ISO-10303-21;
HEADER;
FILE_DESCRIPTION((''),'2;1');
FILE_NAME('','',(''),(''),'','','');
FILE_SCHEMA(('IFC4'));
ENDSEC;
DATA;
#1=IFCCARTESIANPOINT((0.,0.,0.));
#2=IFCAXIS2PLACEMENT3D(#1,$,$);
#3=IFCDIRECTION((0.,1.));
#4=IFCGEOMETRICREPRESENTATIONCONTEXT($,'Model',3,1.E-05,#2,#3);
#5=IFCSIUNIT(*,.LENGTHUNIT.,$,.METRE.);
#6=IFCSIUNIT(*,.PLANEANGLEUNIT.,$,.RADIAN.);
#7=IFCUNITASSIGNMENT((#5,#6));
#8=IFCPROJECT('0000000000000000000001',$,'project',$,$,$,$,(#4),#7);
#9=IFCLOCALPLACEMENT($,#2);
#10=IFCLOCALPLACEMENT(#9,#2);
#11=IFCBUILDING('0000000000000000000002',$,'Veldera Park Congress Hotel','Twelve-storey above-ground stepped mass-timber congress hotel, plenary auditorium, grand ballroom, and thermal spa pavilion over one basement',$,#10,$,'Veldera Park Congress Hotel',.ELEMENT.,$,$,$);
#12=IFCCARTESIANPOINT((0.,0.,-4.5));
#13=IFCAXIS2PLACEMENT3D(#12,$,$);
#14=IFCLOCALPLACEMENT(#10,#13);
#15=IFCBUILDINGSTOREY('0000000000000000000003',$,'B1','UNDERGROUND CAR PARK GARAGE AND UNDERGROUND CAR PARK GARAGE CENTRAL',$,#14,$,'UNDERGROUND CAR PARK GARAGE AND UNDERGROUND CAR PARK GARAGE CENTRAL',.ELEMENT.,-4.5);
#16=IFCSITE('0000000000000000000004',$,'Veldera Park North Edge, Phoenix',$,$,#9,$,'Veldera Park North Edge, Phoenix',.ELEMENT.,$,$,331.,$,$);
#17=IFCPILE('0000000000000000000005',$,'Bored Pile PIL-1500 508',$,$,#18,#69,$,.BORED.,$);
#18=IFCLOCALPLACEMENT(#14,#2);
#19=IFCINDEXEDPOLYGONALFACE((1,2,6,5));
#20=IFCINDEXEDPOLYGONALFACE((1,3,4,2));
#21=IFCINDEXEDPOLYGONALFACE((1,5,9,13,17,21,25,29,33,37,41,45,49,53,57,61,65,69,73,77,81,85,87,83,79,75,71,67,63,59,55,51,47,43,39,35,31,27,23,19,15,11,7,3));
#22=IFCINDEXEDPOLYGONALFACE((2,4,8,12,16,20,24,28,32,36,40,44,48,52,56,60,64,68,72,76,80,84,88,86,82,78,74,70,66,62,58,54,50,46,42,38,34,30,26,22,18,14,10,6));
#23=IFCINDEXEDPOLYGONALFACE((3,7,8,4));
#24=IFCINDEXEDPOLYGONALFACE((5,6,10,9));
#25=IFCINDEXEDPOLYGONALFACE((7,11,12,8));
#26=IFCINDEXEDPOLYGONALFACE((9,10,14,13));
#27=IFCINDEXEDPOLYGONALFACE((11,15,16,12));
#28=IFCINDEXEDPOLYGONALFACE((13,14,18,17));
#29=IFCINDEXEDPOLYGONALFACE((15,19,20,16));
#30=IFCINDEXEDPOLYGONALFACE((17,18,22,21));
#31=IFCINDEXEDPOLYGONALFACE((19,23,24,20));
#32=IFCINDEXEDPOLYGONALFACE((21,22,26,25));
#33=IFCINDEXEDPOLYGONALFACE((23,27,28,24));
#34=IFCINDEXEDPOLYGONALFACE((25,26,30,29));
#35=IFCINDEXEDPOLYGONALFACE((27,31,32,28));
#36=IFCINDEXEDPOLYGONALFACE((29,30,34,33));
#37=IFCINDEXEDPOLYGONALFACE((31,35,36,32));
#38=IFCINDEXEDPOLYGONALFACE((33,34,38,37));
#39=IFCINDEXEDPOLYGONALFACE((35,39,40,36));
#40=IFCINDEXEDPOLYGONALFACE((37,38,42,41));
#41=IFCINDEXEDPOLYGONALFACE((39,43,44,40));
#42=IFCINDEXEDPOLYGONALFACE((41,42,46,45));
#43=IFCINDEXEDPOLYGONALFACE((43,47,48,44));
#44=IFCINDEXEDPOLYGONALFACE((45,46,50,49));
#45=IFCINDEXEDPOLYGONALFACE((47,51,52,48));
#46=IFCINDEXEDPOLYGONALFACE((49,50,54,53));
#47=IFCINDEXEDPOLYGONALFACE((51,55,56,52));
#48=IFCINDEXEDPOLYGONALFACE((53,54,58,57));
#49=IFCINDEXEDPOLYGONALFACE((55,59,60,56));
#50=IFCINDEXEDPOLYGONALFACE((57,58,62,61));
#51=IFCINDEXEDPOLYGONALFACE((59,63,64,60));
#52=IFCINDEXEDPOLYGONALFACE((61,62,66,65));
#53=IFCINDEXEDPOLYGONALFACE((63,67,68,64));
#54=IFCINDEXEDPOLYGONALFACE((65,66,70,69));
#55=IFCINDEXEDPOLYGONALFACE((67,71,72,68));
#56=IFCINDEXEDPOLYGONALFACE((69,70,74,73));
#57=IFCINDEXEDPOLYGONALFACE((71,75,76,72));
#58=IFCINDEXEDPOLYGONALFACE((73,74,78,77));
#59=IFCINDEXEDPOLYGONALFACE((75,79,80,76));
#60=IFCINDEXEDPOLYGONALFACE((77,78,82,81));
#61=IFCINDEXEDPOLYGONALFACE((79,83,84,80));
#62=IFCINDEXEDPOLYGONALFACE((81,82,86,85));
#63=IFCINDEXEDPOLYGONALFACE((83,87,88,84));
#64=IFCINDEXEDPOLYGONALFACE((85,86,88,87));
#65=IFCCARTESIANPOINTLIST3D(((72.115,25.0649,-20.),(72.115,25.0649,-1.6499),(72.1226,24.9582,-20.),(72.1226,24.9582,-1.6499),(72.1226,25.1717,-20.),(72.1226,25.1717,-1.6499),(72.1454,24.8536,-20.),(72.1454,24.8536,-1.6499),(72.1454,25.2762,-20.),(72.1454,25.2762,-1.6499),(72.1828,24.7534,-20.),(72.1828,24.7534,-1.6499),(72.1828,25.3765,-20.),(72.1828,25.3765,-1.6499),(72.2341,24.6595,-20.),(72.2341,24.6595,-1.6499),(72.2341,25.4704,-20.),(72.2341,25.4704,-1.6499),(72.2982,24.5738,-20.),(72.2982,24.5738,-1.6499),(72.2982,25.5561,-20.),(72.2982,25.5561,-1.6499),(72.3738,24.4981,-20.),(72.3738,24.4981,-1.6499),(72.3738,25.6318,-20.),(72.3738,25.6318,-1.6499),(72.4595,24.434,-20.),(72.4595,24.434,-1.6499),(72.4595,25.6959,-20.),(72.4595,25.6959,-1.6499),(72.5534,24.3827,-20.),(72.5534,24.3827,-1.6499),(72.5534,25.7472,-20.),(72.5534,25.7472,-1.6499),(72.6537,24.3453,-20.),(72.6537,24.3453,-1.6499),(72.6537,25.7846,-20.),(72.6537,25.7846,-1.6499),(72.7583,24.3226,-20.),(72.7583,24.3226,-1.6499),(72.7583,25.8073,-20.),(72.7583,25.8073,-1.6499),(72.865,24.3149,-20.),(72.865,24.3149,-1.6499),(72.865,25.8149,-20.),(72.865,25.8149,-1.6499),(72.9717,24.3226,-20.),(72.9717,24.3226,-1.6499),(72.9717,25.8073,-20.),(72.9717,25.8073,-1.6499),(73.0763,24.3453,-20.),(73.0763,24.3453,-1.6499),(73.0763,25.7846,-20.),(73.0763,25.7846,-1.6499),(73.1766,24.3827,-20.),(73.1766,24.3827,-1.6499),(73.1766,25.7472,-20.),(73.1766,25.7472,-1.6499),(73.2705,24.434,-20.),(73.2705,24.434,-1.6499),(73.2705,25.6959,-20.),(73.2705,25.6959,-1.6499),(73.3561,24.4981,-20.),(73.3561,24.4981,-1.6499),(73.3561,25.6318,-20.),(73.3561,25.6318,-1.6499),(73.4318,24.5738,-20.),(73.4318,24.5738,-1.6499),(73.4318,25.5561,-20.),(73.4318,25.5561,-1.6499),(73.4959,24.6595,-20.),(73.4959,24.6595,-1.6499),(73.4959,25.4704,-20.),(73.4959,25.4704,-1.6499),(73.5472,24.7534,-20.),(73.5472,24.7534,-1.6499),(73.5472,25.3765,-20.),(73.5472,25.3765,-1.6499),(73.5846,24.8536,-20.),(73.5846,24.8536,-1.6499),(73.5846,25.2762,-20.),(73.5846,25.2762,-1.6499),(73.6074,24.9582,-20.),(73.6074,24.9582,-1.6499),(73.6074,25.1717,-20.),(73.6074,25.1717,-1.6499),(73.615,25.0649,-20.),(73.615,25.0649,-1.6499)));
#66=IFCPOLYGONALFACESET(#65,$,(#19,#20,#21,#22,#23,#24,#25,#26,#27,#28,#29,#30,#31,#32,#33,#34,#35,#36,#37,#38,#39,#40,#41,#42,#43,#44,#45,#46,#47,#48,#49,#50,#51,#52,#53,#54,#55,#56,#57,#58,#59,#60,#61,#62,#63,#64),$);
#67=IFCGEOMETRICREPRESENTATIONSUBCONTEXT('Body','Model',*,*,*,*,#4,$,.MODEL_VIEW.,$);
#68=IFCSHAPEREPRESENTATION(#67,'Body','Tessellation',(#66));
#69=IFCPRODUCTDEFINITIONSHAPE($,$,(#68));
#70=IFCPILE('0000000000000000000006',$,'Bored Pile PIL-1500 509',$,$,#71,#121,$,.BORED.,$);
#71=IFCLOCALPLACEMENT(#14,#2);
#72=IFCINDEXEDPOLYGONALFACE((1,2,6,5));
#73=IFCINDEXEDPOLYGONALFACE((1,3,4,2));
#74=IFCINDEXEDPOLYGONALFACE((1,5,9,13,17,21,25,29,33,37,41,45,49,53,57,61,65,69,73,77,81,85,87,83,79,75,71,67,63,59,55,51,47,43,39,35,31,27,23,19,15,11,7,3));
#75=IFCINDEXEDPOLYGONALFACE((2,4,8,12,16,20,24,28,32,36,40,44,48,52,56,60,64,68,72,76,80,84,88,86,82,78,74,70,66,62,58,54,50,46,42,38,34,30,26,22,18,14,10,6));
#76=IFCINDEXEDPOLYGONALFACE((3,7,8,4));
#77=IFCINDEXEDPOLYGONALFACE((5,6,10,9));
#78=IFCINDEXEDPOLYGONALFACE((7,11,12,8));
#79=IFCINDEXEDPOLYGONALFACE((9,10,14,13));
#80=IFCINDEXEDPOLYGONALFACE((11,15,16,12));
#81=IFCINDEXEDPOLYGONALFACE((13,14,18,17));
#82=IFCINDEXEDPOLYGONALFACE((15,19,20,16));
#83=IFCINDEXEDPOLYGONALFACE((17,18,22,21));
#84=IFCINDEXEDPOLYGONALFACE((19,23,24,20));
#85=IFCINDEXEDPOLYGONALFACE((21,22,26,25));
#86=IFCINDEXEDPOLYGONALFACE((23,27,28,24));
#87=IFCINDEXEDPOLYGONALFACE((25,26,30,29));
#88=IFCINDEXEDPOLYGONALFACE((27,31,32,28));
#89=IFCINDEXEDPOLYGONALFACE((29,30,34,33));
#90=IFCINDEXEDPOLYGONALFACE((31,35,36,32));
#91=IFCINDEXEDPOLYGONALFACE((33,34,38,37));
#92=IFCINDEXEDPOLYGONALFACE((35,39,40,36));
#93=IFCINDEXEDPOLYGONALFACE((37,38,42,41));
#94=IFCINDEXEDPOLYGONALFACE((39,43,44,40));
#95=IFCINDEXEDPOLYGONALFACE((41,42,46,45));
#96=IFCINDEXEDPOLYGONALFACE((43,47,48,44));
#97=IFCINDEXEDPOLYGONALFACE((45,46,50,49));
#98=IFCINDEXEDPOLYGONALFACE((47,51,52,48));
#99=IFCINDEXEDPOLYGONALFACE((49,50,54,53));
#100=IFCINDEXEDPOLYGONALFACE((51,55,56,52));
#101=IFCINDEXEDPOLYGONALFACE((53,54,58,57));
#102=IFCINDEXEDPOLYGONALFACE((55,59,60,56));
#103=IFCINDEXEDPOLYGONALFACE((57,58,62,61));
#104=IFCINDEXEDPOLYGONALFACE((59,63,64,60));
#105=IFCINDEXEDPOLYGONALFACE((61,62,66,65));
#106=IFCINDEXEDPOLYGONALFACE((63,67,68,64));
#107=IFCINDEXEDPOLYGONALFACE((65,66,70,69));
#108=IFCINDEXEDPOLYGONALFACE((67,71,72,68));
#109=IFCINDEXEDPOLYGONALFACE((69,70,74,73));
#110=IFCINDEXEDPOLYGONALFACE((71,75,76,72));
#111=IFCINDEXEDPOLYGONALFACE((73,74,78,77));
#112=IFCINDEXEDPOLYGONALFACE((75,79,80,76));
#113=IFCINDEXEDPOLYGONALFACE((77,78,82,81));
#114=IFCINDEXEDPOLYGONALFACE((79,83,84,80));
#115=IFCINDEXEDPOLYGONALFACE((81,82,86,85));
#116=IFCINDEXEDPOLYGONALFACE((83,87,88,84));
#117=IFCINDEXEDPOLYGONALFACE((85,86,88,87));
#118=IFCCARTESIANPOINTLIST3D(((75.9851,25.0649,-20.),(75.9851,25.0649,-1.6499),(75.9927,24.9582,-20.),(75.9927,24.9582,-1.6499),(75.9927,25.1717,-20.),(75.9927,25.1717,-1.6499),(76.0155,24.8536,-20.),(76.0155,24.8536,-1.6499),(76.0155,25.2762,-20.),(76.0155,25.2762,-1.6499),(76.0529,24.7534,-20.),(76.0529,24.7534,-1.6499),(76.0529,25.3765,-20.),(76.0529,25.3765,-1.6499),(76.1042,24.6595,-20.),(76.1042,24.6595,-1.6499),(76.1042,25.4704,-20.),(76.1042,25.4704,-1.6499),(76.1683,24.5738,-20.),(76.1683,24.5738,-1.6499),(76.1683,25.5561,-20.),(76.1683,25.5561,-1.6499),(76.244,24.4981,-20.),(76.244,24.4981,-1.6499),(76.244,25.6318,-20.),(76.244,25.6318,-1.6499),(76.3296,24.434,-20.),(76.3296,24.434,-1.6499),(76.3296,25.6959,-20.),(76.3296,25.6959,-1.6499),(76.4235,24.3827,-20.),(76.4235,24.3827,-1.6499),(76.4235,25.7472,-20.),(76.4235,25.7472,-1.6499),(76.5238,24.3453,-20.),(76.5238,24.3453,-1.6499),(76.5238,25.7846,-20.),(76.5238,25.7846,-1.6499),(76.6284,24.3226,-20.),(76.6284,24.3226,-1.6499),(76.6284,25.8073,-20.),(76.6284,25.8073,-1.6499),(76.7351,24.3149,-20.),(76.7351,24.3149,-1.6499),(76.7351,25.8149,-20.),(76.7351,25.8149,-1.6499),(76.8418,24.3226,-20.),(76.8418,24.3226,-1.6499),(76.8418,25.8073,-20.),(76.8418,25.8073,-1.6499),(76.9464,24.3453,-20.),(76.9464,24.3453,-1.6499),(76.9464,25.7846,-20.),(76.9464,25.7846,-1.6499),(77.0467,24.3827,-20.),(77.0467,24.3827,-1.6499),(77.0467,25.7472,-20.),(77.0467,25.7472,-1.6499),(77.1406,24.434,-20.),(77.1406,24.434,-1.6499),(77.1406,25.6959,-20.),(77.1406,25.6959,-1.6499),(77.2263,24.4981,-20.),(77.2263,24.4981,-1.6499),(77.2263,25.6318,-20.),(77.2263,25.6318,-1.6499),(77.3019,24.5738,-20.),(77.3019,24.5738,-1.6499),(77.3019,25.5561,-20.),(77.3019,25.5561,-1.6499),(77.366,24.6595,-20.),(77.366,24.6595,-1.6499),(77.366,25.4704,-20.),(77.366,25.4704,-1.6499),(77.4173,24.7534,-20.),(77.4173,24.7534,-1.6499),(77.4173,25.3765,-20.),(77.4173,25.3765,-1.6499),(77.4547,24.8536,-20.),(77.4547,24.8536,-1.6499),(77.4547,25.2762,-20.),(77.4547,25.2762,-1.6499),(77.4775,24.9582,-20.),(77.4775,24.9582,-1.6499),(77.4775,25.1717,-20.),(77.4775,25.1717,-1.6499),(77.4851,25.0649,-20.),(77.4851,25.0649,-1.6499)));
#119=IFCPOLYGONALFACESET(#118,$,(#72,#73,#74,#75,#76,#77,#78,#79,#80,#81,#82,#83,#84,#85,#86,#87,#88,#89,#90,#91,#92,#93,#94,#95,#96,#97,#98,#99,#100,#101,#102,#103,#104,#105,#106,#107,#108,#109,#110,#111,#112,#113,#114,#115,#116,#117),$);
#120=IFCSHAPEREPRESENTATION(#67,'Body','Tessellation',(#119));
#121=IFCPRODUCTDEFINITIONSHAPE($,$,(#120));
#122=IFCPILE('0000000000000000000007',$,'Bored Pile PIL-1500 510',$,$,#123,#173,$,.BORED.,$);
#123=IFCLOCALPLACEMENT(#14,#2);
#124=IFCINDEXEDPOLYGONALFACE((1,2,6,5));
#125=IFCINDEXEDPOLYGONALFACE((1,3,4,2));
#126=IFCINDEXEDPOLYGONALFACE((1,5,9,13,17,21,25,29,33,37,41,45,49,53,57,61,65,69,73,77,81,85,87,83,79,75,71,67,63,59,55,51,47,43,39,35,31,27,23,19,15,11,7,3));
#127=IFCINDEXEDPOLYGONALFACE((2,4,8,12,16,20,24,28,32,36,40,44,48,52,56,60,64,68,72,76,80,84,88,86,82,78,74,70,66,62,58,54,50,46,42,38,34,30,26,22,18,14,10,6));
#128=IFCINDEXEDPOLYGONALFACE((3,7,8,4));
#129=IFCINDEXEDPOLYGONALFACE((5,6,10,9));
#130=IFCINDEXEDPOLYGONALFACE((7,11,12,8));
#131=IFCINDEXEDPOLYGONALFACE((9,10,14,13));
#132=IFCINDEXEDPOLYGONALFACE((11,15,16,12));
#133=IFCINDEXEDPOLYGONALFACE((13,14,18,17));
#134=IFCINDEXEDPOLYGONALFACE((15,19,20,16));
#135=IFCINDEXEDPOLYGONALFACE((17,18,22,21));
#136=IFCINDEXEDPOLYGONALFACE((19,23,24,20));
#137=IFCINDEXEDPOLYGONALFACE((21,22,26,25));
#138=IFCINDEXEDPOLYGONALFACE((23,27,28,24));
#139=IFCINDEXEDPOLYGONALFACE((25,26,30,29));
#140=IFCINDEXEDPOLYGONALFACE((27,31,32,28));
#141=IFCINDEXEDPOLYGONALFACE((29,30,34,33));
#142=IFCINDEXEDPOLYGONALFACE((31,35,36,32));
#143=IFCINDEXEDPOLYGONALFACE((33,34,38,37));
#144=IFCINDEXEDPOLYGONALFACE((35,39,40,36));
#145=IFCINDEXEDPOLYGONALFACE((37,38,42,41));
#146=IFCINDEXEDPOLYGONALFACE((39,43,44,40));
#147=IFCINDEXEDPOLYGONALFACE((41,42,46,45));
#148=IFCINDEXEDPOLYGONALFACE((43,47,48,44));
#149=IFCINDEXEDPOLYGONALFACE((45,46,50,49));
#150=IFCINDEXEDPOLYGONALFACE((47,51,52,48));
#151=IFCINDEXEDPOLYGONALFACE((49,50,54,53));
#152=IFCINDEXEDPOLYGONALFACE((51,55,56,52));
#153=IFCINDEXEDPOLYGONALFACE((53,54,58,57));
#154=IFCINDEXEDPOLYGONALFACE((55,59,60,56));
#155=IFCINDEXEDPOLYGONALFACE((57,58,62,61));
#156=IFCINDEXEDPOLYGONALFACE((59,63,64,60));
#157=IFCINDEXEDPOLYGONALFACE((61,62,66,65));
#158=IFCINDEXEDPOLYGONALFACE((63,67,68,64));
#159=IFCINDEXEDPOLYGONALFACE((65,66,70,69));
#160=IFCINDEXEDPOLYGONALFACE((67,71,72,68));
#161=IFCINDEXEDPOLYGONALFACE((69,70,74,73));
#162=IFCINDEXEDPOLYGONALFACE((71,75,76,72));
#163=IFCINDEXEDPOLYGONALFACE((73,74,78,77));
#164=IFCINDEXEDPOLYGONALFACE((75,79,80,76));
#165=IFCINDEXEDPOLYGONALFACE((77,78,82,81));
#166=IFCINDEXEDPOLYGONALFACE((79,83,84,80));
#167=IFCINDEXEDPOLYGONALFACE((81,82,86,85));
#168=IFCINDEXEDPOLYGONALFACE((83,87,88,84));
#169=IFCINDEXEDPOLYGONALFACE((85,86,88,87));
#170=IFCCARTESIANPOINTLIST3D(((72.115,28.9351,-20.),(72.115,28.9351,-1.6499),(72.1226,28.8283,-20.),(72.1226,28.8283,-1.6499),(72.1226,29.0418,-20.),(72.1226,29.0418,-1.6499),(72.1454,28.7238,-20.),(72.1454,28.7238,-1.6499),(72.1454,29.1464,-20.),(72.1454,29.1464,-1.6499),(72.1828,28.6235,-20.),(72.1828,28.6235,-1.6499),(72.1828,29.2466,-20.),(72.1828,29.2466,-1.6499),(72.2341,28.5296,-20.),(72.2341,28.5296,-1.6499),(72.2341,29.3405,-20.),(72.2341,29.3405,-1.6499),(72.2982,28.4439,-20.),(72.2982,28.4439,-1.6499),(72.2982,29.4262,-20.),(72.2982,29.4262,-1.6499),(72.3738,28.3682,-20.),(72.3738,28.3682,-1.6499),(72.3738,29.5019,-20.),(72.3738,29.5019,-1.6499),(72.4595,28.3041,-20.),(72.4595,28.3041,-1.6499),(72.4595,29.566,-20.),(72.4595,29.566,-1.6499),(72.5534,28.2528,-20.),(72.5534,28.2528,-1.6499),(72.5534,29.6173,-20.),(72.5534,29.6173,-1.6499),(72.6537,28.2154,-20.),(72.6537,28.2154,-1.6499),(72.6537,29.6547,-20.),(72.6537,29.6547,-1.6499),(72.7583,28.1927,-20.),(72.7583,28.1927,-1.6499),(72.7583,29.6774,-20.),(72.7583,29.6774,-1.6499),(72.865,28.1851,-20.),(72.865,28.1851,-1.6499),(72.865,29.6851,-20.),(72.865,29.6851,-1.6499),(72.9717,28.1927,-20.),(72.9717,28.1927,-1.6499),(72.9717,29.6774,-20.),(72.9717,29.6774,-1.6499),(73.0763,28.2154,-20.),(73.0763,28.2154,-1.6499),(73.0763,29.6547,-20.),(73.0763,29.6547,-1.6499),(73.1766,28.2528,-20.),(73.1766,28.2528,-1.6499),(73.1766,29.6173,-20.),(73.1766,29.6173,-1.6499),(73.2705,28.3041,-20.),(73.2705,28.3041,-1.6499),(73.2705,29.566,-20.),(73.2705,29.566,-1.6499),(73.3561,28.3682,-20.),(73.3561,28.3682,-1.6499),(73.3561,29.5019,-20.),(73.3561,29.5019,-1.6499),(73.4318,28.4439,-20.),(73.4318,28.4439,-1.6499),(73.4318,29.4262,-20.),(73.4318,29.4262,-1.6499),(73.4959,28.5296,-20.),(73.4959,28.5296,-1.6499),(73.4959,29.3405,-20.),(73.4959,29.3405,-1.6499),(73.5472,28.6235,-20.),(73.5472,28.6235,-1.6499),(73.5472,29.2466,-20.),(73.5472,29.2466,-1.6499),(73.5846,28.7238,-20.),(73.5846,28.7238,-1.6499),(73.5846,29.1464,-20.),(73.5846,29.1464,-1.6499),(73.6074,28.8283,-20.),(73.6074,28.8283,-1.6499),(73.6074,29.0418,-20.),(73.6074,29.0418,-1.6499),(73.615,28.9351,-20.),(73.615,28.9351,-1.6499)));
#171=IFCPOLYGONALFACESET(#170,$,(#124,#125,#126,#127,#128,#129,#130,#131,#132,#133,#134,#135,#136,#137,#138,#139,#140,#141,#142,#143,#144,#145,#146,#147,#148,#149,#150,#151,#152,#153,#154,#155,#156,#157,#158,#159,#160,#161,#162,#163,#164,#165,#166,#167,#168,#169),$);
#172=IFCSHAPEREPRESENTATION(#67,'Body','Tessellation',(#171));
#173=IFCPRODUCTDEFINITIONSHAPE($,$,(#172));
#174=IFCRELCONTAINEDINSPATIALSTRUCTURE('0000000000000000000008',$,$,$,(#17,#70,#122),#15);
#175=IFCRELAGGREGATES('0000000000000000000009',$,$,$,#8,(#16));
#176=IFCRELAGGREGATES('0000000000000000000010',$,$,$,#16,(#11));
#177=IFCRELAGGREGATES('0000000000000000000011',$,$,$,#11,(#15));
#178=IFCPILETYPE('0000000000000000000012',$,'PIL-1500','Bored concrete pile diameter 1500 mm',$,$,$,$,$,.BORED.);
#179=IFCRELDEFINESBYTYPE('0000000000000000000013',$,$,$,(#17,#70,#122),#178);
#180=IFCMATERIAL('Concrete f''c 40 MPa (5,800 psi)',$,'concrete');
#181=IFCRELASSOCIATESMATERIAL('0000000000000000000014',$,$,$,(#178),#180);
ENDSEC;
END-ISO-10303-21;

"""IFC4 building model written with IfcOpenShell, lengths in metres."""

from ifc_helpers import new_model, si_unit, direction, frame, origin, origin_2d, place, context, subcontext, project, spatial, circle, extrude, material, material_profile, profile_set, type_object, element, save


model = new_model("IFC4")

# Units and contexts
model_context = context("Model", 3, precision=1e-05, world=origin(), true_north=direction((0.0, 1.0)))
body_context = subcontext(model_context, "Body", "Model", "MODEL_VIEW")
ifc_project = project(units=[si_unit("LENGTHUNIT", "METRE"), si_unit("PLANEANGLEUNIT", "RADIAN")], contexts=[model_context])

# Site, building, storey
site_placement = place(None, origin())
site = spatial("IfcSite", under=ifc_project, at=site_placement, Name="Veldera Park North Edge, Phoenix", LongName="Veldera Park North Edge, Phoenix", CompositionType="ELEMENT", RefElevation=331.0)
building_placement = place(site_placement, origin())
building = spatial("IfcBuilding", under=site, at=building_placement, Name="Veldera Park Congress Hotel", Description="Twelve-storey above-ground stepped mass-timber congress hotel, plenary auditorium, grand ballroom, and thermal spa pavilion over one basement", LongName="Veldera Park Congress Hotel", CompositionType="ELEMENT")
storey_placement = place(building_placement, frame((0.0, 0.0, -4.5)))
storey = spatial("IfcBuildingStorey", under=building, at=storey_placement, Name="B1", Description="UNDERGROUND CAR PARK GARAGE AND UNDERGROUND CAR PARK GARAGE CENTRAL", LongName="UNDERGROUND CAR PARK GARAGE AND UNDERGROUND CAR PARK GARAGE CENTRAL", CompositionType="ELEMENT", Elevation=-4.5)

# Shared definitions
ifc_material_1 = material(Name="Concrete f'c 40 MPa (5,800 psi)", Category="concrete")

# Piles
ifc_material_profile_1 = material_profile(ifc_material_1, circle(Radius=0.75, at=origin_2d()), Name="PILE D1500")
ifc_profile_set_1 = profile_set([ifc_material_profile_1], Name="Concrete f'c 40 MPa (5,800 psi)")
pile_type = type_object("IfcPileType", Name="PIL-1500", Description="Bored concrete pile diameter 1500 mm", PredefinedType="BORED", material=ifc_profile_set_1)
for number, where, z_axis, x_axis, name in (
    (1, (72.865, 25.0649, -1.6499), (0.0, 0.0, -1.0), (1.0, 0.0, 0.0), "Bored Pile PIL-1500 508"),
    (2, (76.7351, 25.0649, -1.6499), (0.0, 0.0, -1.0), (1.0, 0.0, 0.0), "Bored Pile PIL-1500 509"),
    (3, (72.865, 28.9351, -1.6499), (0.0, 0.0, -1.0), (1.0, 0.0, 0.0), "Bored Pile PIL-1500 510"),
):
    element("IfcPile", number, at=place(storey_placement, frame(where, z_axis=z_axis, x_axis=x_axis)), inside=storey, type_object=pile_type, Name=name, PredefinedType="BORED", context=body_context, shape_type="SweptSolid", body=[
        extrude(circle(Radius=0.75, at=origin_2d()), origin(), (0.0, 0.0, 1.0), 18.3501),
    ])

save(model, "model.ifc")
